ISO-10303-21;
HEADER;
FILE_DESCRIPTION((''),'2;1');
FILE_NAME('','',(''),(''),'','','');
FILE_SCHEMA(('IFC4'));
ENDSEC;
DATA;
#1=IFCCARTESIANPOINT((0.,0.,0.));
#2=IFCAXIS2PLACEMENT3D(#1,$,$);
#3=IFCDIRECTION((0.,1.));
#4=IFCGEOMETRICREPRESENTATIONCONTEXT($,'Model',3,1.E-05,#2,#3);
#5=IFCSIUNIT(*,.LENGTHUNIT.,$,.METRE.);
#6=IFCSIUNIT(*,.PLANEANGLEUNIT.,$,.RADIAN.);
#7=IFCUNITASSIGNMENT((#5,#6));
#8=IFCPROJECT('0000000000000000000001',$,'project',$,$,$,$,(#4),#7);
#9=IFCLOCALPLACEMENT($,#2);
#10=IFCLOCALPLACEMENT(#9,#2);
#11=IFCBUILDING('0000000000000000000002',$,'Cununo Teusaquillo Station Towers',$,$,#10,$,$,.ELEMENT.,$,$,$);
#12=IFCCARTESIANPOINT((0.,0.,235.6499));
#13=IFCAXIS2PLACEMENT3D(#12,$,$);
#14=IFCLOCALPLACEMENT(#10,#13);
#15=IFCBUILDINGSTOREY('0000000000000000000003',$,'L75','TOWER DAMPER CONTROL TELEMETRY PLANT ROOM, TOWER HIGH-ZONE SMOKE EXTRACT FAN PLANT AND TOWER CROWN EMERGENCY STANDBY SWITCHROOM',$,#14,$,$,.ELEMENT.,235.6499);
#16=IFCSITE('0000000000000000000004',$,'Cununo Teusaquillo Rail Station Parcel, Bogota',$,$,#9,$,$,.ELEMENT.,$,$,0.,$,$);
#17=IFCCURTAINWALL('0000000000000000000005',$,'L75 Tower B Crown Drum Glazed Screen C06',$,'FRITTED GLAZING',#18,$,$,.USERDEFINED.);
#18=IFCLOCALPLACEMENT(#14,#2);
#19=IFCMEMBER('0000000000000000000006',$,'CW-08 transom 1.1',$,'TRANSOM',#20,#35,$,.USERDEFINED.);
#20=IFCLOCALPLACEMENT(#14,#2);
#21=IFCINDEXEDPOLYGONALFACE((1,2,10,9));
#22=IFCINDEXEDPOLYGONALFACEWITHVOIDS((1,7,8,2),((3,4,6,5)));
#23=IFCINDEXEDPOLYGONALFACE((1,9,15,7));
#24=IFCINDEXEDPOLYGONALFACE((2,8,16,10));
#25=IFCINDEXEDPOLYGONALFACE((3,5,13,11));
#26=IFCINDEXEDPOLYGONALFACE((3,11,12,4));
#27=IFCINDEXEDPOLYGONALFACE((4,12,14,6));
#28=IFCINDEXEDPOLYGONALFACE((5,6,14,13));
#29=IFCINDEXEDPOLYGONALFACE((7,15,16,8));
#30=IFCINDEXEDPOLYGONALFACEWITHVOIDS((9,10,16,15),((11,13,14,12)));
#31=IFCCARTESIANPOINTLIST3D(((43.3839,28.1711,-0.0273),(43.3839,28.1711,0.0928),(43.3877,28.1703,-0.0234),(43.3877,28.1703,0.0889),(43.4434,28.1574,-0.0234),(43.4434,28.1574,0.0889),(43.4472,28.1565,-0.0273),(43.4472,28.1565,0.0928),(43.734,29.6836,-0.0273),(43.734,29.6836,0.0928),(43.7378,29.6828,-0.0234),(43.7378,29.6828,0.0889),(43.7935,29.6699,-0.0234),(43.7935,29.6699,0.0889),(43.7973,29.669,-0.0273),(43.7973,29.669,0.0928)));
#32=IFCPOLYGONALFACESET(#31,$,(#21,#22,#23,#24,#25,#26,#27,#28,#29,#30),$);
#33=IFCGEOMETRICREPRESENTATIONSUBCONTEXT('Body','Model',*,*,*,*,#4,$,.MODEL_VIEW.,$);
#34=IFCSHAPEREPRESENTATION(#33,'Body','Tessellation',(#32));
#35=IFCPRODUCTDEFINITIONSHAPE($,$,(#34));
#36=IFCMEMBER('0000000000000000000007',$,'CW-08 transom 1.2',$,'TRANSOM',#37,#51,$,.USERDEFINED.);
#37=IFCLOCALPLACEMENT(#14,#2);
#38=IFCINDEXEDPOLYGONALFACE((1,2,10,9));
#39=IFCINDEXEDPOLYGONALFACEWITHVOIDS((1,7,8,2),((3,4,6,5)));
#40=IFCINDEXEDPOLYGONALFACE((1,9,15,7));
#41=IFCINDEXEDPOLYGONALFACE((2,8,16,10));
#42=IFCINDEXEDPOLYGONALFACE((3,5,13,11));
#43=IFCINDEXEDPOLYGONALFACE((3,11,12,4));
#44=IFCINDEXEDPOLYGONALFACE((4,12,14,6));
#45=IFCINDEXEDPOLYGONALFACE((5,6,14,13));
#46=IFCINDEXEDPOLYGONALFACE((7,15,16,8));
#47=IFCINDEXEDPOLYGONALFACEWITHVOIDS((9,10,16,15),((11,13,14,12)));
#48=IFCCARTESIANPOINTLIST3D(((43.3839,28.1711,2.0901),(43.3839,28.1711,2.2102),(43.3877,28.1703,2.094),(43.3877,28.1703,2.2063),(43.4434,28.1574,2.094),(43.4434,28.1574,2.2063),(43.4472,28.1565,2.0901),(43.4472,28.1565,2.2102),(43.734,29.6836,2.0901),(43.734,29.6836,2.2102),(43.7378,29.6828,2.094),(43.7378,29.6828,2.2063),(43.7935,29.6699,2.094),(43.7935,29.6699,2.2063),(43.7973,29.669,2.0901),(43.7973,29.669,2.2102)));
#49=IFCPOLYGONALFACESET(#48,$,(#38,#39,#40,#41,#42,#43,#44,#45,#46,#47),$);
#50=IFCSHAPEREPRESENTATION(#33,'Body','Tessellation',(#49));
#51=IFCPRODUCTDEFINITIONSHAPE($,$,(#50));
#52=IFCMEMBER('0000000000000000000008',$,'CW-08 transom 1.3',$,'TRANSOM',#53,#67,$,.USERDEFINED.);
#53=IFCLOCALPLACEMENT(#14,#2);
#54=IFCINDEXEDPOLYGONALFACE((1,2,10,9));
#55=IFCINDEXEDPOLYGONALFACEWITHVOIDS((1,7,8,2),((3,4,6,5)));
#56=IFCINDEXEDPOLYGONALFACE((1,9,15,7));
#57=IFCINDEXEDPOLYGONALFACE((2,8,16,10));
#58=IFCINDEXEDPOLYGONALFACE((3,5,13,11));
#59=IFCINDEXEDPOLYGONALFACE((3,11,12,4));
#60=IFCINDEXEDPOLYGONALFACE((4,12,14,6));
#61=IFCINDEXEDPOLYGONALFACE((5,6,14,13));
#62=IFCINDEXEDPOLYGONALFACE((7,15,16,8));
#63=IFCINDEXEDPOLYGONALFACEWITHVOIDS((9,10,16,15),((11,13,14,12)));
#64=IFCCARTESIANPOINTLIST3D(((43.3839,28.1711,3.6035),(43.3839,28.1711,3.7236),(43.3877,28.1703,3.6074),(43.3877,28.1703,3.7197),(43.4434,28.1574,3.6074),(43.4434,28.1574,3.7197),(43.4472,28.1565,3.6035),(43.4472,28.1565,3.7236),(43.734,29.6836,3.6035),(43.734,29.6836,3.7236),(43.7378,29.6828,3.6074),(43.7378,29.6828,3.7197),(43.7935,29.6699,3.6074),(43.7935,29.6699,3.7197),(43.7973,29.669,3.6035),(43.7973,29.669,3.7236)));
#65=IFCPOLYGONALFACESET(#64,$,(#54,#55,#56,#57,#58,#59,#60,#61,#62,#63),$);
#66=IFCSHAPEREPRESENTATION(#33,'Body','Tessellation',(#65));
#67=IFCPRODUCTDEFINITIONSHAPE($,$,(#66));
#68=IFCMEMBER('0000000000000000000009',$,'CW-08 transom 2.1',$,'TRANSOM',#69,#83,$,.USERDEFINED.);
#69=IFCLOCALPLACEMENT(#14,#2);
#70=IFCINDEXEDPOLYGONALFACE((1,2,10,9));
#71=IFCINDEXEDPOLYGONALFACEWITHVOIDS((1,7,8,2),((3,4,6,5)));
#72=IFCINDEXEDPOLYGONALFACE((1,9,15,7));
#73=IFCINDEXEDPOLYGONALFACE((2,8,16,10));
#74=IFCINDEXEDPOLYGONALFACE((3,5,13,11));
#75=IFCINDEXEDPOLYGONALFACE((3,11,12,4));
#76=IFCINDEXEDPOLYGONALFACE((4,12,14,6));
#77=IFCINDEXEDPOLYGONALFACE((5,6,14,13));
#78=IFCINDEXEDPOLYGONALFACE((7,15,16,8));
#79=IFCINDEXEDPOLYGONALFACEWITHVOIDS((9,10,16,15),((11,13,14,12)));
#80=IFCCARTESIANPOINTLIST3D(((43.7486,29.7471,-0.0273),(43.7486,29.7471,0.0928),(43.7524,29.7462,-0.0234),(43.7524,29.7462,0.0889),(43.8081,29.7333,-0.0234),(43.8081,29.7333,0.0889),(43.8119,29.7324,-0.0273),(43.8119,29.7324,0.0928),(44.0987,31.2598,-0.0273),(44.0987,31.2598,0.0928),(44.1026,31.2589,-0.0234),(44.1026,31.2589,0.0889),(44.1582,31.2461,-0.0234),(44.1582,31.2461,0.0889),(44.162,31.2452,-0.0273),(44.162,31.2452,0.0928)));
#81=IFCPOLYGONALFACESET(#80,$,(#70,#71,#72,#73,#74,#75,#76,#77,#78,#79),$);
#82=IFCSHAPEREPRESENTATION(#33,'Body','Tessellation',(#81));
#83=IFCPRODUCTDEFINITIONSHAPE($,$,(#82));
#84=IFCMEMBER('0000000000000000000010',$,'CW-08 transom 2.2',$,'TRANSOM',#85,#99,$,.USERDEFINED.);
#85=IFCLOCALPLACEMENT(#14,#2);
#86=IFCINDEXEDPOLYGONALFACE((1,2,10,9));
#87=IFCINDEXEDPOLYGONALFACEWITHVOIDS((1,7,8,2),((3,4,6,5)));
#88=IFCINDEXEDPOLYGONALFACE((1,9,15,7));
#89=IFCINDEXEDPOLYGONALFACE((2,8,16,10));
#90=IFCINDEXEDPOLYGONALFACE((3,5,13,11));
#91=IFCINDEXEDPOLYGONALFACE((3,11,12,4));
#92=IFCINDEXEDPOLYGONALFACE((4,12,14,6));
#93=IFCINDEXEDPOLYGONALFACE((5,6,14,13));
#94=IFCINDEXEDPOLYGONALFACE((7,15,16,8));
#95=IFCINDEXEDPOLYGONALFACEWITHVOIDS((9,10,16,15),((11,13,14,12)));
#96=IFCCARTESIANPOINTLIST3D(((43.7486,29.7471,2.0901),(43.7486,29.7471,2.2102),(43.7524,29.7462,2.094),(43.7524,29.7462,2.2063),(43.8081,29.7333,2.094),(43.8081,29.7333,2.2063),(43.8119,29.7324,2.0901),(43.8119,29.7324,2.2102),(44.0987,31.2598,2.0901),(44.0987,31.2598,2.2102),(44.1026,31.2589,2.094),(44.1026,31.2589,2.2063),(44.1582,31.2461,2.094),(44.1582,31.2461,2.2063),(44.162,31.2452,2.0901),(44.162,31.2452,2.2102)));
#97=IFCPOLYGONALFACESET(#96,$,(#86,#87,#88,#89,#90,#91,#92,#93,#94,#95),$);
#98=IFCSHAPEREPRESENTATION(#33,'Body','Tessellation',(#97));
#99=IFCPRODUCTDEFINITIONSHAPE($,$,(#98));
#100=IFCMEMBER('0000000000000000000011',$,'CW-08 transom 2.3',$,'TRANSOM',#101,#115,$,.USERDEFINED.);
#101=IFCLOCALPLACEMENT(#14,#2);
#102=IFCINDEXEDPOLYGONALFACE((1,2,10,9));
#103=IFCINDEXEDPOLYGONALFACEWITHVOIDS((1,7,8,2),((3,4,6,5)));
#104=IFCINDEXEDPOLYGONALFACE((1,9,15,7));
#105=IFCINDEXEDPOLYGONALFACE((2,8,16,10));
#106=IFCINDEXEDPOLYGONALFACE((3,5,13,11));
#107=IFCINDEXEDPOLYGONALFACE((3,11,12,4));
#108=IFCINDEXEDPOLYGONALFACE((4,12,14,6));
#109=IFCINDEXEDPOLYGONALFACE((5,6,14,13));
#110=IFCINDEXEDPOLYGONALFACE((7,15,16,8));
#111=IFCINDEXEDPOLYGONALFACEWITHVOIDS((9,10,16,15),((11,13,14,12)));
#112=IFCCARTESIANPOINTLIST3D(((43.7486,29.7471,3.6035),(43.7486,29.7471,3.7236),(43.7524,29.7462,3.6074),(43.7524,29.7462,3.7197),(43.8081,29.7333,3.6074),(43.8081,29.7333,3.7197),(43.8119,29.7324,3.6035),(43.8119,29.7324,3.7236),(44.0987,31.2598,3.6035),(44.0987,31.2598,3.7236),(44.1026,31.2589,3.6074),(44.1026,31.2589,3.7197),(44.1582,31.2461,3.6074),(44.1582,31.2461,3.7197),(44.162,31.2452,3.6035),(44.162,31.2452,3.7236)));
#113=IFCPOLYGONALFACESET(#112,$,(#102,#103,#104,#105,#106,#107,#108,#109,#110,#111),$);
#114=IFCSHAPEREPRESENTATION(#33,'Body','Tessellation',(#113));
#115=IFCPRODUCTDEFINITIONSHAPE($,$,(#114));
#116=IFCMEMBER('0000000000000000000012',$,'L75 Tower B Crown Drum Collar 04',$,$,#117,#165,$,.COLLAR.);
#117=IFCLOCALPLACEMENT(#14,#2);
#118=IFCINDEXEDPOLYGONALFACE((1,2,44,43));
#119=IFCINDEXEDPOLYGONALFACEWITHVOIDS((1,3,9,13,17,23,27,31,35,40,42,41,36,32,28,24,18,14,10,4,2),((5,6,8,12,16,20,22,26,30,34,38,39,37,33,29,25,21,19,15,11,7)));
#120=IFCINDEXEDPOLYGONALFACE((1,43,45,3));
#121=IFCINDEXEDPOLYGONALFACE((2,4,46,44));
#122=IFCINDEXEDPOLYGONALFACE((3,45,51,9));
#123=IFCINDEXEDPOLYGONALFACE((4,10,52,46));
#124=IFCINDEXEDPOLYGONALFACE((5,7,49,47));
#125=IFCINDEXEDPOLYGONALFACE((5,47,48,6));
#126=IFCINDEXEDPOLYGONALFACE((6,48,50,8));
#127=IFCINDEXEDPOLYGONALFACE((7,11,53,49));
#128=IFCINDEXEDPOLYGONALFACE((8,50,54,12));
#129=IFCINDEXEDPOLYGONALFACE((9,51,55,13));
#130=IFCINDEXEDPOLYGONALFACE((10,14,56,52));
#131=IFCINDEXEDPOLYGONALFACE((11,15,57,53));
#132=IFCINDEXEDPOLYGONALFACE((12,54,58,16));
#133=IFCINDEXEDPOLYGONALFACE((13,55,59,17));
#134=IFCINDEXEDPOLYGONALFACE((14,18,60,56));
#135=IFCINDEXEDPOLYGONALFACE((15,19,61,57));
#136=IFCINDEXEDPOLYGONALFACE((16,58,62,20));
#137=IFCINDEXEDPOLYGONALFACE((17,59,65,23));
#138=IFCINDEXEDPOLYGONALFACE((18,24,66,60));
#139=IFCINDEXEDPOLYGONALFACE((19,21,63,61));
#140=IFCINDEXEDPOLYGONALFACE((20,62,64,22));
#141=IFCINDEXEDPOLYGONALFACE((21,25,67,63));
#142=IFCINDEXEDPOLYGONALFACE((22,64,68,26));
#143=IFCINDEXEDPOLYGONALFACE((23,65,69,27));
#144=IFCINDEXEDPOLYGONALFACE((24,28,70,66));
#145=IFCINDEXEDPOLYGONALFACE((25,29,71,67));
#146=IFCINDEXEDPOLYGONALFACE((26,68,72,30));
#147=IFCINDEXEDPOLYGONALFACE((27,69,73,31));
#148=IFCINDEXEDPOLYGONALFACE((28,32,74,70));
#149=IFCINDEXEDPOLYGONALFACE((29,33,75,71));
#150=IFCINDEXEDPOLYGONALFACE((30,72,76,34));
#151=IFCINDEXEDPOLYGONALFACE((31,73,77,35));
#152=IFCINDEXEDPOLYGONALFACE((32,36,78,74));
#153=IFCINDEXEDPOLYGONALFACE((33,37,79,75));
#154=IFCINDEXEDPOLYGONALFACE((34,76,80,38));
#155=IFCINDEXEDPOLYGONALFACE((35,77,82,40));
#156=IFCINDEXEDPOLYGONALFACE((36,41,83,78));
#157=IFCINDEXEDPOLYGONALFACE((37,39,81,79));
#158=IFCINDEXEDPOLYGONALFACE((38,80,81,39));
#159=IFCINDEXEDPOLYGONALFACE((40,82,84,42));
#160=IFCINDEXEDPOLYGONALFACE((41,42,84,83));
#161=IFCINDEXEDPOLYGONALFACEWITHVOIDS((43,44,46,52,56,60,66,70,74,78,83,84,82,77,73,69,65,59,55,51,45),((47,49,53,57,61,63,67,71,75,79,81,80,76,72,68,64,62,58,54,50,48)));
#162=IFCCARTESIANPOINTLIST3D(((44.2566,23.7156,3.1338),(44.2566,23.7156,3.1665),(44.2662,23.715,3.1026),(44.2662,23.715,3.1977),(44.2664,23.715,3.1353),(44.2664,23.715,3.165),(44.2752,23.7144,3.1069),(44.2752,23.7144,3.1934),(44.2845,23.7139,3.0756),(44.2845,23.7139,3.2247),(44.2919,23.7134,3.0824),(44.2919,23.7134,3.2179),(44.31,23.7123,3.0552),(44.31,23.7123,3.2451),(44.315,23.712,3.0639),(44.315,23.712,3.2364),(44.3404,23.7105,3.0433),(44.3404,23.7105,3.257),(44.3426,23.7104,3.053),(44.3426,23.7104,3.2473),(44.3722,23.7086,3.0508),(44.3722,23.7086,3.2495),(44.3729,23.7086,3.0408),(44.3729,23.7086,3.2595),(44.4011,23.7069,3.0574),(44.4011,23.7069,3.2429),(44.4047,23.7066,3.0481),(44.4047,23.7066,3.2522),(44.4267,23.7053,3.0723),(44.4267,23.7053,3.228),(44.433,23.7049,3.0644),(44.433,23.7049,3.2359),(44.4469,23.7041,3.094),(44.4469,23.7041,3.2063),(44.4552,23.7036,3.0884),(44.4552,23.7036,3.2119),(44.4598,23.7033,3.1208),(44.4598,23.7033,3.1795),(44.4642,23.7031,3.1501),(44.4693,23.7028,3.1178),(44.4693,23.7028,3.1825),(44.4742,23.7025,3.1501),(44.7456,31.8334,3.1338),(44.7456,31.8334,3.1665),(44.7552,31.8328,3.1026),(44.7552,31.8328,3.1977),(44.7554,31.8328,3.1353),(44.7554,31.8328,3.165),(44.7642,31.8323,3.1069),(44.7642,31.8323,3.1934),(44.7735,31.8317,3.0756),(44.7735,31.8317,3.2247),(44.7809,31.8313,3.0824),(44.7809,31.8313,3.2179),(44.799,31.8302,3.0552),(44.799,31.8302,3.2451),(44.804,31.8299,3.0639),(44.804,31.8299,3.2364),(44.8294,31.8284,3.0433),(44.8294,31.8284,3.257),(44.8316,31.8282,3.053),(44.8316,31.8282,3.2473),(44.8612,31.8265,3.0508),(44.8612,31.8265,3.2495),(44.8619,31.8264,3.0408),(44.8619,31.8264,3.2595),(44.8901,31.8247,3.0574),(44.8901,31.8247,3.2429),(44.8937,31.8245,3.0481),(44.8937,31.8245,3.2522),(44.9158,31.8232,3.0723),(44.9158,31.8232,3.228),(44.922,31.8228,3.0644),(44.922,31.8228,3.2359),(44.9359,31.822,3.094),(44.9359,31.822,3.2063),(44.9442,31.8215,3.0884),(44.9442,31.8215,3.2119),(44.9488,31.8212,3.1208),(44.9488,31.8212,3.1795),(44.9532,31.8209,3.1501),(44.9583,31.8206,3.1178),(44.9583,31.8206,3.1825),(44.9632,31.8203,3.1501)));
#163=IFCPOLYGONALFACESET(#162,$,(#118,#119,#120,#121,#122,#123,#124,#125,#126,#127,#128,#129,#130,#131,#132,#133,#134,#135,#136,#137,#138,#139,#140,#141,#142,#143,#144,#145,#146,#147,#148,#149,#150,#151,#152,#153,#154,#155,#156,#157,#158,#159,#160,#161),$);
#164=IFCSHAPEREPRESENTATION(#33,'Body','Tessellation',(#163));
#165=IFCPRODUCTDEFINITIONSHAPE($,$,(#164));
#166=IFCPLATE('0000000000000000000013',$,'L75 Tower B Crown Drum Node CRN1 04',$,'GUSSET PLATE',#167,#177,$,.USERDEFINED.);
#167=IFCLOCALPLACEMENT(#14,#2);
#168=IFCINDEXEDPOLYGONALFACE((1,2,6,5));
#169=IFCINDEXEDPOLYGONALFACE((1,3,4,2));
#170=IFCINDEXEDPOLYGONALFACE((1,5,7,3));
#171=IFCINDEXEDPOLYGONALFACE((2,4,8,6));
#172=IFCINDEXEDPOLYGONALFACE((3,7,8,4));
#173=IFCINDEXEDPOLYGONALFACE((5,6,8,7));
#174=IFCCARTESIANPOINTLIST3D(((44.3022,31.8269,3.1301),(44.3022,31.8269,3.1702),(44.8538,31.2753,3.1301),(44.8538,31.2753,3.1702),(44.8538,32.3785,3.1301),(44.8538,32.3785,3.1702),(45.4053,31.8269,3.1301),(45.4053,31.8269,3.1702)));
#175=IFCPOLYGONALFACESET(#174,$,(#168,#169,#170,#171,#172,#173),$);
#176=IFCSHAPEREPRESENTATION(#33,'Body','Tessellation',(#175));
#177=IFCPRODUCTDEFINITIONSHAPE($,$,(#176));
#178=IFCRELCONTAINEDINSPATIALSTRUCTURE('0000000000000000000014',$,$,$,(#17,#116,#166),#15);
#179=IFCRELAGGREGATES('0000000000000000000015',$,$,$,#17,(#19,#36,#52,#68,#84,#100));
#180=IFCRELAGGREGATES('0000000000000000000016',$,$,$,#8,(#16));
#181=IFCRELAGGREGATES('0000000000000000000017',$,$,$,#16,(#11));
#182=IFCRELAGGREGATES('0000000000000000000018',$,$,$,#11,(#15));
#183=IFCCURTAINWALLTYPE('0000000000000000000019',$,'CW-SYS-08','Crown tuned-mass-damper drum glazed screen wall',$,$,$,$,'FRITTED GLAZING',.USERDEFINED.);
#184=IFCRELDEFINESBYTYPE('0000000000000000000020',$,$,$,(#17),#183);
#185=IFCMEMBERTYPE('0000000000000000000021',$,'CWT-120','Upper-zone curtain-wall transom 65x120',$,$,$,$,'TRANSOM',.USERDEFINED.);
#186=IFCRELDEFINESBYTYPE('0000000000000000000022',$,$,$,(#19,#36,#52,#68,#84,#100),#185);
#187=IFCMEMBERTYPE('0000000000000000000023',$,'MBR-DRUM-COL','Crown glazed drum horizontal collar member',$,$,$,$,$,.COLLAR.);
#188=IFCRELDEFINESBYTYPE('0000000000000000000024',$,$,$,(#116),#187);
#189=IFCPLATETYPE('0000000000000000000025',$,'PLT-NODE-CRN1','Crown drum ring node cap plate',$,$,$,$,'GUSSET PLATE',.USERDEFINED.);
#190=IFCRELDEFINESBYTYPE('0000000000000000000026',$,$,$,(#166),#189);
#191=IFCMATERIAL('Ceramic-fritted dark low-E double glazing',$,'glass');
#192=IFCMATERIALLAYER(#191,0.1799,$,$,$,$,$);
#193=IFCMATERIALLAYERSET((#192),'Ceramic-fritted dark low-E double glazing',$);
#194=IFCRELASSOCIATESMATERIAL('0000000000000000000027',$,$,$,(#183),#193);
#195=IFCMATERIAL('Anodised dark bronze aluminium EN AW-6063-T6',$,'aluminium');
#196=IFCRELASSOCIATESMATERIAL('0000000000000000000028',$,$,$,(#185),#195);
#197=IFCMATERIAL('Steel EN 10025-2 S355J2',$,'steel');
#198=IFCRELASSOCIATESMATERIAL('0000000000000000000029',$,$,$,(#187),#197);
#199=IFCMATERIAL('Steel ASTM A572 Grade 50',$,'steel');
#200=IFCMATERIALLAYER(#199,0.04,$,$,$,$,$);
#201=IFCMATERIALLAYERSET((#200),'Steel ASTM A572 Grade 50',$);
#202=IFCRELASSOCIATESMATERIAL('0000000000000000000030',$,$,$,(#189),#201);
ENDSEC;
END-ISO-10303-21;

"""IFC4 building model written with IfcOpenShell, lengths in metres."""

from ifc_helpers import new_model, si_unit, direction, frame, origin, origin_2d, place, context, subcontext, project, spatial, rectangle, hollow_rectangle, hollow_circle, extrude, source, transform, mapped, material, layer, layer_set, material_profile, profile_set, type_object, element, aggregate, save


model = new_model("IFC4")

# Units and contexts
model_context = context("Model", 3, precision=1e-05, world=origin(), true_north=direction((0.0, 1.0)))
body_context = subcontext(model_context, "Body", "Model", "MODEL_VIEW")
ifc_project = project(units=[si_unit("LENGTHUNIT", "METRE"), si_unit("PLANEANGLEUNIT", "RADIAN")], contexts=[model_context])

# Site, building, storey
site_placement = place(None, origin())
site = spatial("IfcSite", under=ifc_project, at=site_placement, Name="Cununo Teusaquillo Rail Station Parcel, Bogota", CompositionType="ELEMENT", RefElevation=0.0)
building_placement = place(site_placement, origin())
building = spatial("IfcBuilding", under=site, at=building_placement, Name="Cununo Teusaquillo Station Towers", CompositionType="ELEMENT")
storey_placement = place(building_placement, frame((0.0, 0.0, 235.6499)))
storey = spatial("IfcBuildingStorey", under=building, at=storey_placement, Name="L75", Description="TOWER DAMPER CONTROL TELEMETRY PLANT ROOM, TOWER HIGH-ZONE SMOKE EXTRACT FAN PLANT AND TOWER CROWN EMERGENCY STANDBY SWITCHROOM", CompositionType="ELEMENT", Elevation=235.6499)

# Curtain wall, members
ifc_material_1 = material(Name="Ceramic-fritted dark low-E double glazing", Category="glass")
ifc_layer_1 = layer(ifc_material_1, 0.1799)
ifc_layer_set_1 = layer_set([ifc_layer_1], Name="Ceramic-fritted dark low-E double glazing")
curtain_wall_type = type_object("IfcCurtainWallType", Name="CW-SYS-08", Description="Crown tuned-mass-damper drum glazed screen wall", ElementType="FRITTED GLAZING", PredefinedType="USERDEFINED", material=ifc_layer_set_1)
curtain_wall_placement = place(storey_placement, origin())
curtain_wall = element("IfcCurtainWall", 1, at=curtain_wall_placement, inside=storey, type_object=curtain_wall_type, Name="L75 Tower B Crown Drum Glazed Screen C06", ObjectType="FRITTED GLAZING", PredefinedType="USERDEFINED")
ifc_material_2 = material(Name="Anodised dark bronze aluminium EN AW-6063-T6", Category="aluminium")
ifc_material_profile_1 = material_profile(ifc_material_2, hollow_rectangle(XDim=0.0649, YDim=0.1201, WallThickness=0.0039, at=origin_2d()), Name="CW-TRAN-65x120")
ifc_profile_set_1 = profile_set([ifc_material_profile_1], Name="Anodised dark bronze aluminium EN AW-6063-T6")
member_type_1 = type_object("IfcMemberType", Name="CWT-120", Description="Upper-zone curtain-wall transom 65x120", ElementType="TRANSOM", PredefinedType="USERDEFINED", material=ifc_profile_set_1)
member_1_placement = place(storey_placement, frame((43.4155, 28.1638, 0.0327), z_axis=(0.225514, 0.97424, 0.0), x_axis=(-0.97424, 0.225514, 0.0)))
member_1 = element("IfcMember", 2, at=member_1_placement, type_object=member_type_1, Name="CW-08 transom 1.1", ObjectType="TRANSOM", PredefinedType="USERDEFINED", context=body_context, shape_type="SweptSolid", body=[
    extrude(hollow_rectangle(XDim=0.0649, YDim=0.1201, WallThickness=0.0039, at=origin_2d()), origin(), (0.0, 0.0, 1.0), 1.5525),
])
member_2_placement = place(storey_placement, frame((43.4155, 28.1638, 2.1501), z_axis=(0.225514, 0.97424, 0.0), x_axis=(-0.97424, 0.225514, 0.0)))
member_2 = element("IfcMember", 3, at=member_2_placement, type_object=member_type_1, Name="CW-08 transom 1.2", ObjectType="TRANSOM", PredefinedType="USERDEFINED", context=body_context, shape_type="SweptSolid", body=[
    extrude(hollow_rectangle(XDim=0.0649, YDim=0.1201, WallThickness=0.0039, at=origin_2d()), origin(), (0.0, 0.0, 1.0), 1.5525),
])
member_3_placement = place(storey_placement, frame((43.4155, 28.1638, 3.6636), z_axis=(0.225514, 0.97424, 0.0), x_axis=(-0.97424, 0.225514, 0.0)))
member_3 = element("IfcMember", 4, at=member_3_placement, type_object=member_type_1, Name="CW-08 transom 1.3", ObjectType="TRANSOM", PredefinedType="USERDEFINED", context=body_context, shape_type="SweptSolid", body=[
    extrude(hollow_rectangle(XDim=0.0649, YDim=0.1201, WallThickness=0.0039, at=origin_2d()), origin(), (0.0, 0.0, 1.0), 1.5525),
])
member_4_placement = place(storey_placement, frame((43.7803, 29.7397, 0.0327), z_axis=(0.22548, 0.974248, 0.0), x_axis=(-0.974248, 0.22548, 0.0)))
member_4 = element("IfcMember", 5, at=member_4_placement, type_object=member_type_1, Name="CW-08 transom 2.1", ObjectType="TRANSOM", PredefinedType="USERDEFINED", context=body_context, shape_type="SweptSolid", body=[
    extrude(hollow_rectangle(XDim=0.0649, YDim=0.1201, WallThickness=0.0039, at=origin_2d()), origin(), (0.0, 0.0, 1.0), 1.5527),
])
member_5_placement = place(storey_placement, frame((43.7803, 29.7397, 2.1501), z_axis=(0.22548, 0.974248, 0.0), x_axis=(-0.974248, 0.22548, 0.0)))
member_5 = element("IfcMember", 6, at=member_5_placement, type_object=member_type_1, Name="CW-08 transom 2.2", ObjectType="TRANSOM", PredefinedType="USERDEFINED", context=body_context, shape_type="SweptSolid", body=[
    extrude(hollow_rectangle(XDim=0.0649, YDim=0.1201, WallThickness=0.0039, at=origin_2d()), origin(), (0.0, 0.0, 1.0), 1.5527),
])
member_6_placement = place(storey_placement, frame((43.7803, 29.7397, 3.6636), z_axis=(0.22548, 0.974248, 0.0), x_axis=(-0.974248, 0.22548, 0.0)))
member_6 = element("IfcMember", 7, at=member_6_placement, type_object=member_type_1, Name="CW-08 transom 2.3", ObjectType="TRANSOM", PredefinedType="USERDEFINED", context=body_context, shape_type="SweptSolid", body=[
    extrude(hollow_rectangle(XDim=0.0649, YDim=0.1201, WallThickness=0.0039, at=origin_2d()), origin(), (0.0, 0.0, 1.0), 1.5527),
])

# Member
ifc_material_3 = material(Name="Steel EN 10025-2 S355J2", Category="steel")
ifc_material_profile_2 = material_profile(ifc_material_3, hollow_circle(Radius=0.1096, WallThickness=0.01, at=origin_2d()), Name="CHS 219x10")
ifc_profile_set_2 = profile_set([ifc_material_profile_2], Name="Steel EN 10025-2 S355J2")
member_type_2 = type_object("IfcMemberType", Name="MBR-DRUM-COL", Description="Crown glazed drum horizontal collar member", PredefinedType="COLLAR", material=ifc_profile_set_2)
member_7_placement = place(storey_placement, frame((44.8538, 31.8269, 3.1501), z_axis=(-0.06013, -0.998191, 0.0), x_axis=(0.998191, -0.06013, 0.0)))
element("IfcMember", 8, at=member_7_placement, inside=storey, type_object=member_type_2, Name="L75 Tower B Crown Drum Collar 04", PredefinedType="COLLAR", context=body_context, shape_type="SweptSolid", body=[
    extrude(hollow_circle(Radius=0.1096, WallThickness=0.01, at=origin_2d()), origin(), (0.0, 0.0, 1.0), 8.1326),
])

# Plate
ifc_material_4 = material(Name="Steel ASTM A572 Grade 50", Category="steel")
ifc_layer_2 = layer(ifc_material_4, 0.04)
ifc_layer_set_2 = layer_set([ifc_layer_2], Name="Steel ASTM A572 Grade 50")
plate_type_1 = type_object("IfcPlateType", Name="PLT-NODE-CRN1", Description="Crown drum ring node cap plate", ElementType="GUSSET PLATE", PredefinedType="USERDEFINED", material=ifc_layer_set_2)
shared_shape_1 = source(origin(), body_context, "Body", "SweptSolid", [
    extrude(rectangle(XDim=0.78, YDim=0.78, at=origin_2d()), origin(), (0.0, 0.0, 1.0), 0.04),
])
plate_1_placement = place(storey_placement, frame((44.8538, 31.8269, 3.1301), z_axis=(0.0, 0.0, 1.0), x_axis=(0.707107, 0.707107, 0.0)))
element("IfcPlate", 9, at=plate_1_placement, inside=storey, type_object=plate_type_1, Name="L75 Tower B Crown Drum Node CRN1 04", ObjectType="GUSSET PLATE", PredefinedType="USERDEFINED", context=body_context, shape_type="MappedRepresentation", body=[
    mapped(shared_shape_1, transform((0.0, 0.0, 0.0), x_axis=(1.0, 0.0, 0.0), y_axis=(0.0, 1.0, 0.0), z_axis=(0.0, 0.0, 1.0), scale=1.0)),
])

aggregate(curtain_wall, [member_1, member_2, member_3, member_4, member_5, member_6])

save(model, "model.ifc")
